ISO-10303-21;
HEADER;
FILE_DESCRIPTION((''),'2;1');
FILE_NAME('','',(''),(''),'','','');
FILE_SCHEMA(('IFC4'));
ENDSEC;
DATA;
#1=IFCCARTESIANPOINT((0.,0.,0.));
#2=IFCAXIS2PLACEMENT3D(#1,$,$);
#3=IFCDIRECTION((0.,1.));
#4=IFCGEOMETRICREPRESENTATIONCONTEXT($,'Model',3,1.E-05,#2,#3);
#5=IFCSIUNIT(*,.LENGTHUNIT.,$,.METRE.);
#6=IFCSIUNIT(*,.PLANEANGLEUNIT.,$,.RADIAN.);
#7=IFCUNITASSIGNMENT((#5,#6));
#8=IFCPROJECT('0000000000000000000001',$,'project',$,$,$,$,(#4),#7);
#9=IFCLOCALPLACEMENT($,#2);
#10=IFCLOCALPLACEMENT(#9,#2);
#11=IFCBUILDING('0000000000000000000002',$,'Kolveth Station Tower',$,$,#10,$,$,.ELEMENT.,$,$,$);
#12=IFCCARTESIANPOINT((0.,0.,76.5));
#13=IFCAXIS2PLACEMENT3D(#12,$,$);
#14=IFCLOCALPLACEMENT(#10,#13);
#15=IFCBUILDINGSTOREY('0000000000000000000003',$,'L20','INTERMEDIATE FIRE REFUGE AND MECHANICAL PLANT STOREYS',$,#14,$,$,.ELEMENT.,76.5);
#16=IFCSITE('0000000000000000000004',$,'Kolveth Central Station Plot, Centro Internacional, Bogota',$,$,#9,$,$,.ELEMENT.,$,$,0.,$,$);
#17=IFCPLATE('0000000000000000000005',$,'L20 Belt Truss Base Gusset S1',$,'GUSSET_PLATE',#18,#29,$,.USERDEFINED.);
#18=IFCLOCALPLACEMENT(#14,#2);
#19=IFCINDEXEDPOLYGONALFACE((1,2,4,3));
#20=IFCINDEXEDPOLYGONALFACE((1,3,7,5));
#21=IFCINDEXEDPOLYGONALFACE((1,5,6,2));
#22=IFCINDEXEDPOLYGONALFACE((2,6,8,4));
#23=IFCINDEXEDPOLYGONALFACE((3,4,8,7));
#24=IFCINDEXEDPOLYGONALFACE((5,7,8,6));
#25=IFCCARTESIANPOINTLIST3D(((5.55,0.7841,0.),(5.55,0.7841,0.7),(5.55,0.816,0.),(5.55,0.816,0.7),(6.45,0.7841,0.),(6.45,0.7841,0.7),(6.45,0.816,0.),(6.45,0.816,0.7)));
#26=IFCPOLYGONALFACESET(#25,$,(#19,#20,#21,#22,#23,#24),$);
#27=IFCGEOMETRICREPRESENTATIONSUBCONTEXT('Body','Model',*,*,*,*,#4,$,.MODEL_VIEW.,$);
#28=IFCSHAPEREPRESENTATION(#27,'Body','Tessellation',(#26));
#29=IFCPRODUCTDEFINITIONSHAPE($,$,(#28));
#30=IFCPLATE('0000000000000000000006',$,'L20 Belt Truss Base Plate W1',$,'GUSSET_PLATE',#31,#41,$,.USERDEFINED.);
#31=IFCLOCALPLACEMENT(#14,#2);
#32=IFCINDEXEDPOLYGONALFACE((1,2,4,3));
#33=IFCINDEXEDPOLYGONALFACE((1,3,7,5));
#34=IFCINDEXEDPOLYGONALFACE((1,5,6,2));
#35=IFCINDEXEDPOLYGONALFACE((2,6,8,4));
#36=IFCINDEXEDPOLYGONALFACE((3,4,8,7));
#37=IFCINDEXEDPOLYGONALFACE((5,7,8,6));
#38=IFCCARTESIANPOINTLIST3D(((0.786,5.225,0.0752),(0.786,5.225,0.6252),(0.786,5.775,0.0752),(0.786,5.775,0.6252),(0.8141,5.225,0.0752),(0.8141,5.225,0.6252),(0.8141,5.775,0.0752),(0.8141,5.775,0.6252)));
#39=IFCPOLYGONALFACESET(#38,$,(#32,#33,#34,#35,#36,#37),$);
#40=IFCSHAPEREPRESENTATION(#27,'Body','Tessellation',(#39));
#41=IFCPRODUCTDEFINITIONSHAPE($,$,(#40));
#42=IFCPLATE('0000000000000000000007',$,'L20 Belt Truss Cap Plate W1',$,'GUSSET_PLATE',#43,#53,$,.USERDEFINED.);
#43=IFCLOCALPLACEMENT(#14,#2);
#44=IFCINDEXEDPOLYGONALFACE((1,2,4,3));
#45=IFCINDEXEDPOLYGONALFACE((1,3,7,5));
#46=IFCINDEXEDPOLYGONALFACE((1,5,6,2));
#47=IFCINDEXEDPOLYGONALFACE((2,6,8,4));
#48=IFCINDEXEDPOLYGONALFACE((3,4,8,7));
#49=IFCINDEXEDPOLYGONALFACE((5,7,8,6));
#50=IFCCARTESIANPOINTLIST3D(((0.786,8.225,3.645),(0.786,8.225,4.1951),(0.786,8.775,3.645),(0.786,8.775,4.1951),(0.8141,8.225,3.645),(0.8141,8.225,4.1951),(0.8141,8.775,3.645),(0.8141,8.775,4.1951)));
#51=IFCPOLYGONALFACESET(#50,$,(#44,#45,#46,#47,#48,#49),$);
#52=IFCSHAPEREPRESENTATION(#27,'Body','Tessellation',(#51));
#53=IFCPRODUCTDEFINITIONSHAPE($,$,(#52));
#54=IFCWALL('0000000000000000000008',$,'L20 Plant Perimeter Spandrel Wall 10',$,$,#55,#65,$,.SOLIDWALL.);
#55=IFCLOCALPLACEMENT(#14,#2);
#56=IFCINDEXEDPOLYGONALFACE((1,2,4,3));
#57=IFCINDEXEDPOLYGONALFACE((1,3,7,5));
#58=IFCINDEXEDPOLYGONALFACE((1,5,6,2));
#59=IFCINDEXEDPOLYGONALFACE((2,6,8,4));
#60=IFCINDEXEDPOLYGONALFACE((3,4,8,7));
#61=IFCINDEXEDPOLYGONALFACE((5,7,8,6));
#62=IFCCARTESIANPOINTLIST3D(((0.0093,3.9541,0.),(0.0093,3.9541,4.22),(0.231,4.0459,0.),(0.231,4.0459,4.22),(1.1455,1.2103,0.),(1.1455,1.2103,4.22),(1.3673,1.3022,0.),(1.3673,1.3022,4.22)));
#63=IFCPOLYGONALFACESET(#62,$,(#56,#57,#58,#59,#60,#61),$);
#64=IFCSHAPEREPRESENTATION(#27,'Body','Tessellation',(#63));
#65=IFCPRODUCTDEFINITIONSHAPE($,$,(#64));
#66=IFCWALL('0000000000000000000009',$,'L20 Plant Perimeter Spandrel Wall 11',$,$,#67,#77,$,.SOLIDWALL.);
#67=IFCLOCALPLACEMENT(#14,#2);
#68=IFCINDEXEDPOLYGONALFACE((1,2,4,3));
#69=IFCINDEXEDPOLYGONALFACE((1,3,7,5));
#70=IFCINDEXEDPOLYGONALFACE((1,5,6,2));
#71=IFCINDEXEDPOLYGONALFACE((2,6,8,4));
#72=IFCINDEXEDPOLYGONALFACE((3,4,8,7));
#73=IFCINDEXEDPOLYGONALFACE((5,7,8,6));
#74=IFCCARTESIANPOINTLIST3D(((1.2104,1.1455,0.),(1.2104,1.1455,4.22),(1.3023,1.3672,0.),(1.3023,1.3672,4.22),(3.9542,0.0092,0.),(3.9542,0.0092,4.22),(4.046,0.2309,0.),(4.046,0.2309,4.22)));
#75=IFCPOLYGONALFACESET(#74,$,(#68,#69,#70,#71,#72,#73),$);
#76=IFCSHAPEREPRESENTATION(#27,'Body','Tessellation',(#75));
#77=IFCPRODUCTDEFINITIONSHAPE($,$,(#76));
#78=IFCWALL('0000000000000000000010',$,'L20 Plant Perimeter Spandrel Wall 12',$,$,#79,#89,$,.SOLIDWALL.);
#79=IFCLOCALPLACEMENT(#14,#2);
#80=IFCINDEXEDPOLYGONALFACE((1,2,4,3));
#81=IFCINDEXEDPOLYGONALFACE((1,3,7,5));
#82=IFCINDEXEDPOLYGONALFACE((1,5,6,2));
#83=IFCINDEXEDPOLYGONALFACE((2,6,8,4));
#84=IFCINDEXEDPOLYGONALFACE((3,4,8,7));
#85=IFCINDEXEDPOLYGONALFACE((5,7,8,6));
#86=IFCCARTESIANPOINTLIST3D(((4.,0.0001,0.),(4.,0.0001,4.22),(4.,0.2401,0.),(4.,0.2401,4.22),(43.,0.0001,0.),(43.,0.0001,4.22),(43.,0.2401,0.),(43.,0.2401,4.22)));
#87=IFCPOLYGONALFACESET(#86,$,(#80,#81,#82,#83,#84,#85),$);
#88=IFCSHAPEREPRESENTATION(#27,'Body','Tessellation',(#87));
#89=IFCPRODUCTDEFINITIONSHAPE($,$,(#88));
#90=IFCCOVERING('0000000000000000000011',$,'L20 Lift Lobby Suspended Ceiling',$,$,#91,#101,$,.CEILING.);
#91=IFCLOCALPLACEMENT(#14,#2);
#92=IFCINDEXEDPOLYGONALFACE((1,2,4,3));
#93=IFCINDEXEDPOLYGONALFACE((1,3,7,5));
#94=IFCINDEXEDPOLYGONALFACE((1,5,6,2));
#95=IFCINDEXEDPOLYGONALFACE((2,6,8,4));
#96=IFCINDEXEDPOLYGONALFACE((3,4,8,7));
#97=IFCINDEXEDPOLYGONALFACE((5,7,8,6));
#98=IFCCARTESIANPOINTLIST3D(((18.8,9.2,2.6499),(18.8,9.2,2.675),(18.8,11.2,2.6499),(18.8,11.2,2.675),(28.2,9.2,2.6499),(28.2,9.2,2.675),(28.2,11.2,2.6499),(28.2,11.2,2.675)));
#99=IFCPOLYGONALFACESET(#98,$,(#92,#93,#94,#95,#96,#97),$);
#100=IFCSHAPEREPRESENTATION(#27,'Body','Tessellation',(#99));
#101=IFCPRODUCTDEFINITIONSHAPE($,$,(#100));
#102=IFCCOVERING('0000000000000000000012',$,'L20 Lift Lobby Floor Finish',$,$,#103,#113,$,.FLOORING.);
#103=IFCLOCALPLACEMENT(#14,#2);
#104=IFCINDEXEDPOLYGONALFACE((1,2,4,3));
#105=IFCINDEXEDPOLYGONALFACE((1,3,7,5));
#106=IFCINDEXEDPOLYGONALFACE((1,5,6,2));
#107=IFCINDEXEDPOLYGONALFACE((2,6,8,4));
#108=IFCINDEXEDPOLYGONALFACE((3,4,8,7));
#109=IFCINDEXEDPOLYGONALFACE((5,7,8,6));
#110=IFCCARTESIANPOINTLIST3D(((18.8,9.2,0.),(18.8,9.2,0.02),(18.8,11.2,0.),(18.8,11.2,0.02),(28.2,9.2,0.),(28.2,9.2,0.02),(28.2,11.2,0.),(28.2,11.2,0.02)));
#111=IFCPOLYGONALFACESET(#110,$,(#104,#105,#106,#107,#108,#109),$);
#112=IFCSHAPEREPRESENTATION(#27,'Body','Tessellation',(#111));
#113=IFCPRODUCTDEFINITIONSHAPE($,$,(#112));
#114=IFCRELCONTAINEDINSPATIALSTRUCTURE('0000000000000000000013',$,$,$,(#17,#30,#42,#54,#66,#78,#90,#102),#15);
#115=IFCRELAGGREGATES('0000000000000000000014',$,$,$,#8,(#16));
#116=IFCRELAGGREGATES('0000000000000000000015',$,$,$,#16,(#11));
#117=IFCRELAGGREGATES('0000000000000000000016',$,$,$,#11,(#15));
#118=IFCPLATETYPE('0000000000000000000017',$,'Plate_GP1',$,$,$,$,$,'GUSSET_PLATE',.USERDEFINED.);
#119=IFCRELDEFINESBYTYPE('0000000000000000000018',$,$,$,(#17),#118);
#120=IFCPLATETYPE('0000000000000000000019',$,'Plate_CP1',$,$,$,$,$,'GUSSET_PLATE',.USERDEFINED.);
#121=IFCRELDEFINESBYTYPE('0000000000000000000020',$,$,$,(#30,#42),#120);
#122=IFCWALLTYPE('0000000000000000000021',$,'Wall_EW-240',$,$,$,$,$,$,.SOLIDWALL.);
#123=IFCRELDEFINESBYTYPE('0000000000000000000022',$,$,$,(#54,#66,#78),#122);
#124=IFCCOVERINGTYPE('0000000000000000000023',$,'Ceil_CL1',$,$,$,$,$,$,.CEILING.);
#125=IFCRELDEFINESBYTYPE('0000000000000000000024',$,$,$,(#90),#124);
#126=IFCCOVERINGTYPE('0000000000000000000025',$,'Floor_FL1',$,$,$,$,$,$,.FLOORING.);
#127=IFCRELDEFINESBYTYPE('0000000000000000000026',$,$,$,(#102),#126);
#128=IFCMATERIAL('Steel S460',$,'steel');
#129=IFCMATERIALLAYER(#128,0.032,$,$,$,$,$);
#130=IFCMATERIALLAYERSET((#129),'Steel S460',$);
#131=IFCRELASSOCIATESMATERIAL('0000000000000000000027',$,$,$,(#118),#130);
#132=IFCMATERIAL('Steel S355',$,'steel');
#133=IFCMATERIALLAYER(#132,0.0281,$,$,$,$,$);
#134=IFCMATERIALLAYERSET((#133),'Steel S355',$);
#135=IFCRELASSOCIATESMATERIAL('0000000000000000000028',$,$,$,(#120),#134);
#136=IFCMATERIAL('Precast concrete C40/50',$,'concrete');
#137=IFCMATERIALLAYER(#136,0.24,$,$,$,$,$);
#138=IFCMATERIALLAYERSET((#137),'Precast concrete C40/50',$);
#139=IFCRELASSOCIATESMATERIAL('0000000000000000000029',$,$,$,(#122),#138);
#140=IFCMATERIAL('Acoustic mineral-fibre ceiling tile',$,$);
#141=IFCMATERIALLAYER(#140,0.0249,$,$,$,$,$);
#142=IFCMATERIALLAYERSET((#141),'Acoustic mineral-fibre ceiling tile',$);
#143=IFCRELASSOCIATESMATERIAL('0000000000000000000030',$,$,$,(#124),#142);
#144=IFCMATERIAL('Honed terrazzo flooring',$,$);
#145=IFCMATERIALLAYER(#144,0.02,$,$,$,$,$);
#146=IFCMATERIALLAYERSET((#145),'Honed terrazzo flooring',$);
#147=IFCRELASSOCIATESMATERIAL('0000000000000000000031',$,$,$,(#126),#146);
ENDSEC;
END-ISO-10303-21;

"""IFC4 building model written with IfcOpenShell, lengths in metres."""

from ifc_helpers import new_model, si_unit, direction, frame, frame_2d, origin, origin_2d, place, context, subcontext, project, spatial, polyline, rectangle, outline, extrude, source, transform, mapped, material, layer, layer_set, type_object, element, save


model = new_model("IFC4")

# Units and contexts
model_context = context("Model", 3, precision=1e-05, world=origin(), true_north=direction((0.0, 1.0)))
body_context = subcontext(model_context, "Body", "Model", "MODEL_VIEW")
ifc_project = project(units=[si_unit("LENGTHUNIT", "METRE"), si_unit("PLANEANGLEUNIT", "RADIAN")], contexts=[model_context])

# Site, building, storey
site_placement = place(None, origin())
site = spatial("IfcSite", under=ifc_project, at=site_placement, Name="Kolveth Central Station Plot, Centro Internacional, Bogota", CompositionType="ELEMENT", RefElevation=0.0)
building_placement = place(site_placement, origin())
building = spatial("IfcBuilding", under=site, at=building_placement, Name="Kolveth Station Tower", CompositionType="ELEMENT")
storey_placement = place(building_placement, frame((0.0, 0.0, 76.5)))
storey = spatial("IfcBuildingStorey", under=building, at=storey_placement, Name="L20", Description="INTERMEDIATE FIRE REFUGE AND MECHANICAL PLANT STOREYS", CompositionType="ELEMENT", Elevation=76.5)

# Shared definitions
ifc_material_1 = material(Name="Steel S460", Category="steel")
ifc_material_2 = material(Name="Steel S355", Category="steel")

# Plates
ifc_layer_1 = layer(ifc_material_1, 0.032)
ifc_layer_set_1 = layer_set([ifc_layer_1], Name="Steel S460")
plate_type_1 = type_object("IfcPlateType", Name="Plate_GP1", ElementType="GUSSET_PLATE", PredefinedType="USERDEFINED", material=ifc_layer_set_1)
shared_shape_1 = source(origin(), body_context, "Body", "SweptSolid", [
    extrude(rectangle(XDim=0.8999, YDim=0.032, at=origin_2d()), origin(), (0.0, 0.0, 1.0), 0.7),
])
plate_placement = place(storey_placement, frame((6.0, 0.8, 0.0), z_axis=(0.0, 0.0, 1.0), x_axis=(1.0, 0.0, 0.0)))
element("IfcPlate", 1, at=plate_placement, inside=storey, type_object=plate_type_1, Name="L20 Belt Truss Base Gusset S1", ObjectType="GUSSET_PLATE", PredefinedType="USERDEFINED", context=body_context, shape_type="MappedRepresentation", body=[
    mapped(shared_shape_1, transform((0.0, 0.0, 0.0), x_axis=(1.0, 0.0, 0.0), y_axis=(0.0, 1.0, 0.0), z_axis=(0.0, 0.0, 1.0), scale=1.0)),
])
ifc_layer_2 = layer(ifc_material_2, 0.0281)
ifc_layer_set_2 = layer_set([ifc_layer_2], Name="Steel S355")
plate_type_2 = type_object("IfcPlateType", Name="Plate_CP1", ElementType="GUSSET_PLATE", PredefinedType="USERDEFINED", material=ifc_layer_set_2)
shared_shape_2 = source(origin(), body_context, "Body", "SweptSolid", [
    extrude(rectangle(XDim=0.0281, YDim=0.55, at=origin_2d()), origin(), (0.0, 0.0, 1.0), 0.55),
])
for number, where, z_axis, x_axis, name in (
    (2, (0.8, 5.5, 0.0752), (0.0, 0.0, 1.0), (1.0, 0.0, 0.0), "L20 Belt Truss Base Plate W1"),
    (3, (0.8, 8.5, 3.645), (0.0, 0.0, 1.0), (1.0, 0.0, 0.0), "L20 Belt Truss Cap Plate W1"),
):
    element("IfcPlate", number, at=place(storey_placement, frame(where, z_axis=z_axis, x_axis=x_axis)), inside=storey, type_object=plate_type_2, Name=name, ObjectType="GUSSET_PLATE", PredefinedType="USERDEFINED", context=body_context, shape_type="MappedRepresentation", body=[
        mapped(shared_shape_2, transform((0.0, 0.0, 0.0), x_axis=(1.0, 0.0, 0.0), y_axis=(0.0, 1.0, 0.0), z_axis=(0.0, 0.0, 1.0), scale=1.0)),
    ])

# Walls
ifc_material_3 = material(Name="Precast concrete C40/50", Category="concrete")
ifc_layer_3 = layer(ifc_material_3, 0.24)
ifc_layer_set_3 = layer_set([ifc_layer_3], Name="Precast concrete C40/50")
wall_type = type_object("IfcWallType", Name="Wall_EW-240", PredefinedType="SOLIDWALL", material=ifc_layer_set_3)
for number, where, z_axis, x_axis, name in (
    (4, (0.1201, 4.0, 0.0), (0.0, 0.0, 1.0), (0.382618, -0.923907, 0.0), "L20 Plant Perimeter Spandrel Wall 10"),
    (5, (1.2563, 1.2563, 0.0), (0.0, 0.0, 1.0), (0.923907, -0.382618, 0.0), "L20 Plant Perimeter Spandrel Wall 11"),
):
    element("IfcWall", number, at=place(storey_placement, frame(where, z_axis=z_axis, x_axis=x_axis)), inside=storey, type_object=wall_type, Name=name, PredefinedType="SOLIDWALL", context=body_context, shape_type="SweptSolid", body=[
        extrude(rectangle(XDim=2.9697, YDim=0.24, at=frame_2d((1.4849, 0.0))), origin(), (0.0, 0.0, 1.0), 4.22),
    ])
wall_placement = place(storey_placement, frame((4.0, 0.1201, 0.0), z_axis=(0.0, 0.0, 1.0), x_axis=(1.0, 0.0, 0.0)))
element("IfcWall", 6, at=wall_placement, inside=storey, type_object=wall_type, Name="L20 Plant Perimeter Spandrel Wall 12", PredefinedType="SOLIDWALL", context=body_context, shape_type="SweptSolid", body=[
    extrude(rectangle(XDim=39.0, YDim=0.24, at=frame_2d((19.5, 0.0))), origin(), (0.0, 0.0, 1.0), 4.22),
])

# Coverings
ifc_material_4 = material(Name="Acoustic mineral-fibre ceiling tile")
ifc_layer_4 = layer(ifc_material_4, 0.0249)
ifc_layer_set_4 = layer_set([ifc_layer_4], Name="Acoustic mineral-fibre ceiling tile")
covering_type_1 = type_object("IfcCoveringType", Name="Ceil_CL1", PredefinedType="CEILING", material=ifc_layer_set_4)
covering_1_placement = place(storey_placement, frame((0.0, 0.0, 2.6499)))
element("IfcCovering", 7, at=covering_1_placement, inside=storey, type_object=covering_type_1, Name="L20 Lift Lobby Suspended Ceiling", PredefinedType="CEILING", context=body_context, shape_type="SweptSolid", body=[
    extrude(outline(polyline([(18.8, 9.2), (28.2, 9.2), (28.2, 11.2), (18.8, 11.2), (18.8, 9.2)])), origin(), (0.0, 0.0, 1.0), 0.0251),
])
ifc_material_5 = material(Name="Honed terrazzo flooring")
ifc_layer_5 = layer(ifc_material_5, 0.02)
ifc_layer_set_5 = layer_set([ifc_layer_5], Name="Honed terrazzo flooring")
covering_type_2 = type_object("IfcCoveringType", Name="Floor_FL1", PredefinedType="FLOORING", material=ifc_layer_set_5)
covering_2_placement = place(storey_placement, origin())
element("IfcCovering", 8, at=covering_2_placement, inside=storey, type_object=covering_type_2, Name="L20 Lift Lobby Floor Finish", PredefinedType="FLOORING", context=body_context, shape_type="SweptSolid", body=[
    extrude(outline(polyline([(18.8, 9.2), (28.2, 9.2), (28.2, 11.2), (18.8, 11.2), (18.8, 9.2)])), origin(), (0.0, 0.0, 1.0), 0.02),
])

save(model, "model.ifc")
